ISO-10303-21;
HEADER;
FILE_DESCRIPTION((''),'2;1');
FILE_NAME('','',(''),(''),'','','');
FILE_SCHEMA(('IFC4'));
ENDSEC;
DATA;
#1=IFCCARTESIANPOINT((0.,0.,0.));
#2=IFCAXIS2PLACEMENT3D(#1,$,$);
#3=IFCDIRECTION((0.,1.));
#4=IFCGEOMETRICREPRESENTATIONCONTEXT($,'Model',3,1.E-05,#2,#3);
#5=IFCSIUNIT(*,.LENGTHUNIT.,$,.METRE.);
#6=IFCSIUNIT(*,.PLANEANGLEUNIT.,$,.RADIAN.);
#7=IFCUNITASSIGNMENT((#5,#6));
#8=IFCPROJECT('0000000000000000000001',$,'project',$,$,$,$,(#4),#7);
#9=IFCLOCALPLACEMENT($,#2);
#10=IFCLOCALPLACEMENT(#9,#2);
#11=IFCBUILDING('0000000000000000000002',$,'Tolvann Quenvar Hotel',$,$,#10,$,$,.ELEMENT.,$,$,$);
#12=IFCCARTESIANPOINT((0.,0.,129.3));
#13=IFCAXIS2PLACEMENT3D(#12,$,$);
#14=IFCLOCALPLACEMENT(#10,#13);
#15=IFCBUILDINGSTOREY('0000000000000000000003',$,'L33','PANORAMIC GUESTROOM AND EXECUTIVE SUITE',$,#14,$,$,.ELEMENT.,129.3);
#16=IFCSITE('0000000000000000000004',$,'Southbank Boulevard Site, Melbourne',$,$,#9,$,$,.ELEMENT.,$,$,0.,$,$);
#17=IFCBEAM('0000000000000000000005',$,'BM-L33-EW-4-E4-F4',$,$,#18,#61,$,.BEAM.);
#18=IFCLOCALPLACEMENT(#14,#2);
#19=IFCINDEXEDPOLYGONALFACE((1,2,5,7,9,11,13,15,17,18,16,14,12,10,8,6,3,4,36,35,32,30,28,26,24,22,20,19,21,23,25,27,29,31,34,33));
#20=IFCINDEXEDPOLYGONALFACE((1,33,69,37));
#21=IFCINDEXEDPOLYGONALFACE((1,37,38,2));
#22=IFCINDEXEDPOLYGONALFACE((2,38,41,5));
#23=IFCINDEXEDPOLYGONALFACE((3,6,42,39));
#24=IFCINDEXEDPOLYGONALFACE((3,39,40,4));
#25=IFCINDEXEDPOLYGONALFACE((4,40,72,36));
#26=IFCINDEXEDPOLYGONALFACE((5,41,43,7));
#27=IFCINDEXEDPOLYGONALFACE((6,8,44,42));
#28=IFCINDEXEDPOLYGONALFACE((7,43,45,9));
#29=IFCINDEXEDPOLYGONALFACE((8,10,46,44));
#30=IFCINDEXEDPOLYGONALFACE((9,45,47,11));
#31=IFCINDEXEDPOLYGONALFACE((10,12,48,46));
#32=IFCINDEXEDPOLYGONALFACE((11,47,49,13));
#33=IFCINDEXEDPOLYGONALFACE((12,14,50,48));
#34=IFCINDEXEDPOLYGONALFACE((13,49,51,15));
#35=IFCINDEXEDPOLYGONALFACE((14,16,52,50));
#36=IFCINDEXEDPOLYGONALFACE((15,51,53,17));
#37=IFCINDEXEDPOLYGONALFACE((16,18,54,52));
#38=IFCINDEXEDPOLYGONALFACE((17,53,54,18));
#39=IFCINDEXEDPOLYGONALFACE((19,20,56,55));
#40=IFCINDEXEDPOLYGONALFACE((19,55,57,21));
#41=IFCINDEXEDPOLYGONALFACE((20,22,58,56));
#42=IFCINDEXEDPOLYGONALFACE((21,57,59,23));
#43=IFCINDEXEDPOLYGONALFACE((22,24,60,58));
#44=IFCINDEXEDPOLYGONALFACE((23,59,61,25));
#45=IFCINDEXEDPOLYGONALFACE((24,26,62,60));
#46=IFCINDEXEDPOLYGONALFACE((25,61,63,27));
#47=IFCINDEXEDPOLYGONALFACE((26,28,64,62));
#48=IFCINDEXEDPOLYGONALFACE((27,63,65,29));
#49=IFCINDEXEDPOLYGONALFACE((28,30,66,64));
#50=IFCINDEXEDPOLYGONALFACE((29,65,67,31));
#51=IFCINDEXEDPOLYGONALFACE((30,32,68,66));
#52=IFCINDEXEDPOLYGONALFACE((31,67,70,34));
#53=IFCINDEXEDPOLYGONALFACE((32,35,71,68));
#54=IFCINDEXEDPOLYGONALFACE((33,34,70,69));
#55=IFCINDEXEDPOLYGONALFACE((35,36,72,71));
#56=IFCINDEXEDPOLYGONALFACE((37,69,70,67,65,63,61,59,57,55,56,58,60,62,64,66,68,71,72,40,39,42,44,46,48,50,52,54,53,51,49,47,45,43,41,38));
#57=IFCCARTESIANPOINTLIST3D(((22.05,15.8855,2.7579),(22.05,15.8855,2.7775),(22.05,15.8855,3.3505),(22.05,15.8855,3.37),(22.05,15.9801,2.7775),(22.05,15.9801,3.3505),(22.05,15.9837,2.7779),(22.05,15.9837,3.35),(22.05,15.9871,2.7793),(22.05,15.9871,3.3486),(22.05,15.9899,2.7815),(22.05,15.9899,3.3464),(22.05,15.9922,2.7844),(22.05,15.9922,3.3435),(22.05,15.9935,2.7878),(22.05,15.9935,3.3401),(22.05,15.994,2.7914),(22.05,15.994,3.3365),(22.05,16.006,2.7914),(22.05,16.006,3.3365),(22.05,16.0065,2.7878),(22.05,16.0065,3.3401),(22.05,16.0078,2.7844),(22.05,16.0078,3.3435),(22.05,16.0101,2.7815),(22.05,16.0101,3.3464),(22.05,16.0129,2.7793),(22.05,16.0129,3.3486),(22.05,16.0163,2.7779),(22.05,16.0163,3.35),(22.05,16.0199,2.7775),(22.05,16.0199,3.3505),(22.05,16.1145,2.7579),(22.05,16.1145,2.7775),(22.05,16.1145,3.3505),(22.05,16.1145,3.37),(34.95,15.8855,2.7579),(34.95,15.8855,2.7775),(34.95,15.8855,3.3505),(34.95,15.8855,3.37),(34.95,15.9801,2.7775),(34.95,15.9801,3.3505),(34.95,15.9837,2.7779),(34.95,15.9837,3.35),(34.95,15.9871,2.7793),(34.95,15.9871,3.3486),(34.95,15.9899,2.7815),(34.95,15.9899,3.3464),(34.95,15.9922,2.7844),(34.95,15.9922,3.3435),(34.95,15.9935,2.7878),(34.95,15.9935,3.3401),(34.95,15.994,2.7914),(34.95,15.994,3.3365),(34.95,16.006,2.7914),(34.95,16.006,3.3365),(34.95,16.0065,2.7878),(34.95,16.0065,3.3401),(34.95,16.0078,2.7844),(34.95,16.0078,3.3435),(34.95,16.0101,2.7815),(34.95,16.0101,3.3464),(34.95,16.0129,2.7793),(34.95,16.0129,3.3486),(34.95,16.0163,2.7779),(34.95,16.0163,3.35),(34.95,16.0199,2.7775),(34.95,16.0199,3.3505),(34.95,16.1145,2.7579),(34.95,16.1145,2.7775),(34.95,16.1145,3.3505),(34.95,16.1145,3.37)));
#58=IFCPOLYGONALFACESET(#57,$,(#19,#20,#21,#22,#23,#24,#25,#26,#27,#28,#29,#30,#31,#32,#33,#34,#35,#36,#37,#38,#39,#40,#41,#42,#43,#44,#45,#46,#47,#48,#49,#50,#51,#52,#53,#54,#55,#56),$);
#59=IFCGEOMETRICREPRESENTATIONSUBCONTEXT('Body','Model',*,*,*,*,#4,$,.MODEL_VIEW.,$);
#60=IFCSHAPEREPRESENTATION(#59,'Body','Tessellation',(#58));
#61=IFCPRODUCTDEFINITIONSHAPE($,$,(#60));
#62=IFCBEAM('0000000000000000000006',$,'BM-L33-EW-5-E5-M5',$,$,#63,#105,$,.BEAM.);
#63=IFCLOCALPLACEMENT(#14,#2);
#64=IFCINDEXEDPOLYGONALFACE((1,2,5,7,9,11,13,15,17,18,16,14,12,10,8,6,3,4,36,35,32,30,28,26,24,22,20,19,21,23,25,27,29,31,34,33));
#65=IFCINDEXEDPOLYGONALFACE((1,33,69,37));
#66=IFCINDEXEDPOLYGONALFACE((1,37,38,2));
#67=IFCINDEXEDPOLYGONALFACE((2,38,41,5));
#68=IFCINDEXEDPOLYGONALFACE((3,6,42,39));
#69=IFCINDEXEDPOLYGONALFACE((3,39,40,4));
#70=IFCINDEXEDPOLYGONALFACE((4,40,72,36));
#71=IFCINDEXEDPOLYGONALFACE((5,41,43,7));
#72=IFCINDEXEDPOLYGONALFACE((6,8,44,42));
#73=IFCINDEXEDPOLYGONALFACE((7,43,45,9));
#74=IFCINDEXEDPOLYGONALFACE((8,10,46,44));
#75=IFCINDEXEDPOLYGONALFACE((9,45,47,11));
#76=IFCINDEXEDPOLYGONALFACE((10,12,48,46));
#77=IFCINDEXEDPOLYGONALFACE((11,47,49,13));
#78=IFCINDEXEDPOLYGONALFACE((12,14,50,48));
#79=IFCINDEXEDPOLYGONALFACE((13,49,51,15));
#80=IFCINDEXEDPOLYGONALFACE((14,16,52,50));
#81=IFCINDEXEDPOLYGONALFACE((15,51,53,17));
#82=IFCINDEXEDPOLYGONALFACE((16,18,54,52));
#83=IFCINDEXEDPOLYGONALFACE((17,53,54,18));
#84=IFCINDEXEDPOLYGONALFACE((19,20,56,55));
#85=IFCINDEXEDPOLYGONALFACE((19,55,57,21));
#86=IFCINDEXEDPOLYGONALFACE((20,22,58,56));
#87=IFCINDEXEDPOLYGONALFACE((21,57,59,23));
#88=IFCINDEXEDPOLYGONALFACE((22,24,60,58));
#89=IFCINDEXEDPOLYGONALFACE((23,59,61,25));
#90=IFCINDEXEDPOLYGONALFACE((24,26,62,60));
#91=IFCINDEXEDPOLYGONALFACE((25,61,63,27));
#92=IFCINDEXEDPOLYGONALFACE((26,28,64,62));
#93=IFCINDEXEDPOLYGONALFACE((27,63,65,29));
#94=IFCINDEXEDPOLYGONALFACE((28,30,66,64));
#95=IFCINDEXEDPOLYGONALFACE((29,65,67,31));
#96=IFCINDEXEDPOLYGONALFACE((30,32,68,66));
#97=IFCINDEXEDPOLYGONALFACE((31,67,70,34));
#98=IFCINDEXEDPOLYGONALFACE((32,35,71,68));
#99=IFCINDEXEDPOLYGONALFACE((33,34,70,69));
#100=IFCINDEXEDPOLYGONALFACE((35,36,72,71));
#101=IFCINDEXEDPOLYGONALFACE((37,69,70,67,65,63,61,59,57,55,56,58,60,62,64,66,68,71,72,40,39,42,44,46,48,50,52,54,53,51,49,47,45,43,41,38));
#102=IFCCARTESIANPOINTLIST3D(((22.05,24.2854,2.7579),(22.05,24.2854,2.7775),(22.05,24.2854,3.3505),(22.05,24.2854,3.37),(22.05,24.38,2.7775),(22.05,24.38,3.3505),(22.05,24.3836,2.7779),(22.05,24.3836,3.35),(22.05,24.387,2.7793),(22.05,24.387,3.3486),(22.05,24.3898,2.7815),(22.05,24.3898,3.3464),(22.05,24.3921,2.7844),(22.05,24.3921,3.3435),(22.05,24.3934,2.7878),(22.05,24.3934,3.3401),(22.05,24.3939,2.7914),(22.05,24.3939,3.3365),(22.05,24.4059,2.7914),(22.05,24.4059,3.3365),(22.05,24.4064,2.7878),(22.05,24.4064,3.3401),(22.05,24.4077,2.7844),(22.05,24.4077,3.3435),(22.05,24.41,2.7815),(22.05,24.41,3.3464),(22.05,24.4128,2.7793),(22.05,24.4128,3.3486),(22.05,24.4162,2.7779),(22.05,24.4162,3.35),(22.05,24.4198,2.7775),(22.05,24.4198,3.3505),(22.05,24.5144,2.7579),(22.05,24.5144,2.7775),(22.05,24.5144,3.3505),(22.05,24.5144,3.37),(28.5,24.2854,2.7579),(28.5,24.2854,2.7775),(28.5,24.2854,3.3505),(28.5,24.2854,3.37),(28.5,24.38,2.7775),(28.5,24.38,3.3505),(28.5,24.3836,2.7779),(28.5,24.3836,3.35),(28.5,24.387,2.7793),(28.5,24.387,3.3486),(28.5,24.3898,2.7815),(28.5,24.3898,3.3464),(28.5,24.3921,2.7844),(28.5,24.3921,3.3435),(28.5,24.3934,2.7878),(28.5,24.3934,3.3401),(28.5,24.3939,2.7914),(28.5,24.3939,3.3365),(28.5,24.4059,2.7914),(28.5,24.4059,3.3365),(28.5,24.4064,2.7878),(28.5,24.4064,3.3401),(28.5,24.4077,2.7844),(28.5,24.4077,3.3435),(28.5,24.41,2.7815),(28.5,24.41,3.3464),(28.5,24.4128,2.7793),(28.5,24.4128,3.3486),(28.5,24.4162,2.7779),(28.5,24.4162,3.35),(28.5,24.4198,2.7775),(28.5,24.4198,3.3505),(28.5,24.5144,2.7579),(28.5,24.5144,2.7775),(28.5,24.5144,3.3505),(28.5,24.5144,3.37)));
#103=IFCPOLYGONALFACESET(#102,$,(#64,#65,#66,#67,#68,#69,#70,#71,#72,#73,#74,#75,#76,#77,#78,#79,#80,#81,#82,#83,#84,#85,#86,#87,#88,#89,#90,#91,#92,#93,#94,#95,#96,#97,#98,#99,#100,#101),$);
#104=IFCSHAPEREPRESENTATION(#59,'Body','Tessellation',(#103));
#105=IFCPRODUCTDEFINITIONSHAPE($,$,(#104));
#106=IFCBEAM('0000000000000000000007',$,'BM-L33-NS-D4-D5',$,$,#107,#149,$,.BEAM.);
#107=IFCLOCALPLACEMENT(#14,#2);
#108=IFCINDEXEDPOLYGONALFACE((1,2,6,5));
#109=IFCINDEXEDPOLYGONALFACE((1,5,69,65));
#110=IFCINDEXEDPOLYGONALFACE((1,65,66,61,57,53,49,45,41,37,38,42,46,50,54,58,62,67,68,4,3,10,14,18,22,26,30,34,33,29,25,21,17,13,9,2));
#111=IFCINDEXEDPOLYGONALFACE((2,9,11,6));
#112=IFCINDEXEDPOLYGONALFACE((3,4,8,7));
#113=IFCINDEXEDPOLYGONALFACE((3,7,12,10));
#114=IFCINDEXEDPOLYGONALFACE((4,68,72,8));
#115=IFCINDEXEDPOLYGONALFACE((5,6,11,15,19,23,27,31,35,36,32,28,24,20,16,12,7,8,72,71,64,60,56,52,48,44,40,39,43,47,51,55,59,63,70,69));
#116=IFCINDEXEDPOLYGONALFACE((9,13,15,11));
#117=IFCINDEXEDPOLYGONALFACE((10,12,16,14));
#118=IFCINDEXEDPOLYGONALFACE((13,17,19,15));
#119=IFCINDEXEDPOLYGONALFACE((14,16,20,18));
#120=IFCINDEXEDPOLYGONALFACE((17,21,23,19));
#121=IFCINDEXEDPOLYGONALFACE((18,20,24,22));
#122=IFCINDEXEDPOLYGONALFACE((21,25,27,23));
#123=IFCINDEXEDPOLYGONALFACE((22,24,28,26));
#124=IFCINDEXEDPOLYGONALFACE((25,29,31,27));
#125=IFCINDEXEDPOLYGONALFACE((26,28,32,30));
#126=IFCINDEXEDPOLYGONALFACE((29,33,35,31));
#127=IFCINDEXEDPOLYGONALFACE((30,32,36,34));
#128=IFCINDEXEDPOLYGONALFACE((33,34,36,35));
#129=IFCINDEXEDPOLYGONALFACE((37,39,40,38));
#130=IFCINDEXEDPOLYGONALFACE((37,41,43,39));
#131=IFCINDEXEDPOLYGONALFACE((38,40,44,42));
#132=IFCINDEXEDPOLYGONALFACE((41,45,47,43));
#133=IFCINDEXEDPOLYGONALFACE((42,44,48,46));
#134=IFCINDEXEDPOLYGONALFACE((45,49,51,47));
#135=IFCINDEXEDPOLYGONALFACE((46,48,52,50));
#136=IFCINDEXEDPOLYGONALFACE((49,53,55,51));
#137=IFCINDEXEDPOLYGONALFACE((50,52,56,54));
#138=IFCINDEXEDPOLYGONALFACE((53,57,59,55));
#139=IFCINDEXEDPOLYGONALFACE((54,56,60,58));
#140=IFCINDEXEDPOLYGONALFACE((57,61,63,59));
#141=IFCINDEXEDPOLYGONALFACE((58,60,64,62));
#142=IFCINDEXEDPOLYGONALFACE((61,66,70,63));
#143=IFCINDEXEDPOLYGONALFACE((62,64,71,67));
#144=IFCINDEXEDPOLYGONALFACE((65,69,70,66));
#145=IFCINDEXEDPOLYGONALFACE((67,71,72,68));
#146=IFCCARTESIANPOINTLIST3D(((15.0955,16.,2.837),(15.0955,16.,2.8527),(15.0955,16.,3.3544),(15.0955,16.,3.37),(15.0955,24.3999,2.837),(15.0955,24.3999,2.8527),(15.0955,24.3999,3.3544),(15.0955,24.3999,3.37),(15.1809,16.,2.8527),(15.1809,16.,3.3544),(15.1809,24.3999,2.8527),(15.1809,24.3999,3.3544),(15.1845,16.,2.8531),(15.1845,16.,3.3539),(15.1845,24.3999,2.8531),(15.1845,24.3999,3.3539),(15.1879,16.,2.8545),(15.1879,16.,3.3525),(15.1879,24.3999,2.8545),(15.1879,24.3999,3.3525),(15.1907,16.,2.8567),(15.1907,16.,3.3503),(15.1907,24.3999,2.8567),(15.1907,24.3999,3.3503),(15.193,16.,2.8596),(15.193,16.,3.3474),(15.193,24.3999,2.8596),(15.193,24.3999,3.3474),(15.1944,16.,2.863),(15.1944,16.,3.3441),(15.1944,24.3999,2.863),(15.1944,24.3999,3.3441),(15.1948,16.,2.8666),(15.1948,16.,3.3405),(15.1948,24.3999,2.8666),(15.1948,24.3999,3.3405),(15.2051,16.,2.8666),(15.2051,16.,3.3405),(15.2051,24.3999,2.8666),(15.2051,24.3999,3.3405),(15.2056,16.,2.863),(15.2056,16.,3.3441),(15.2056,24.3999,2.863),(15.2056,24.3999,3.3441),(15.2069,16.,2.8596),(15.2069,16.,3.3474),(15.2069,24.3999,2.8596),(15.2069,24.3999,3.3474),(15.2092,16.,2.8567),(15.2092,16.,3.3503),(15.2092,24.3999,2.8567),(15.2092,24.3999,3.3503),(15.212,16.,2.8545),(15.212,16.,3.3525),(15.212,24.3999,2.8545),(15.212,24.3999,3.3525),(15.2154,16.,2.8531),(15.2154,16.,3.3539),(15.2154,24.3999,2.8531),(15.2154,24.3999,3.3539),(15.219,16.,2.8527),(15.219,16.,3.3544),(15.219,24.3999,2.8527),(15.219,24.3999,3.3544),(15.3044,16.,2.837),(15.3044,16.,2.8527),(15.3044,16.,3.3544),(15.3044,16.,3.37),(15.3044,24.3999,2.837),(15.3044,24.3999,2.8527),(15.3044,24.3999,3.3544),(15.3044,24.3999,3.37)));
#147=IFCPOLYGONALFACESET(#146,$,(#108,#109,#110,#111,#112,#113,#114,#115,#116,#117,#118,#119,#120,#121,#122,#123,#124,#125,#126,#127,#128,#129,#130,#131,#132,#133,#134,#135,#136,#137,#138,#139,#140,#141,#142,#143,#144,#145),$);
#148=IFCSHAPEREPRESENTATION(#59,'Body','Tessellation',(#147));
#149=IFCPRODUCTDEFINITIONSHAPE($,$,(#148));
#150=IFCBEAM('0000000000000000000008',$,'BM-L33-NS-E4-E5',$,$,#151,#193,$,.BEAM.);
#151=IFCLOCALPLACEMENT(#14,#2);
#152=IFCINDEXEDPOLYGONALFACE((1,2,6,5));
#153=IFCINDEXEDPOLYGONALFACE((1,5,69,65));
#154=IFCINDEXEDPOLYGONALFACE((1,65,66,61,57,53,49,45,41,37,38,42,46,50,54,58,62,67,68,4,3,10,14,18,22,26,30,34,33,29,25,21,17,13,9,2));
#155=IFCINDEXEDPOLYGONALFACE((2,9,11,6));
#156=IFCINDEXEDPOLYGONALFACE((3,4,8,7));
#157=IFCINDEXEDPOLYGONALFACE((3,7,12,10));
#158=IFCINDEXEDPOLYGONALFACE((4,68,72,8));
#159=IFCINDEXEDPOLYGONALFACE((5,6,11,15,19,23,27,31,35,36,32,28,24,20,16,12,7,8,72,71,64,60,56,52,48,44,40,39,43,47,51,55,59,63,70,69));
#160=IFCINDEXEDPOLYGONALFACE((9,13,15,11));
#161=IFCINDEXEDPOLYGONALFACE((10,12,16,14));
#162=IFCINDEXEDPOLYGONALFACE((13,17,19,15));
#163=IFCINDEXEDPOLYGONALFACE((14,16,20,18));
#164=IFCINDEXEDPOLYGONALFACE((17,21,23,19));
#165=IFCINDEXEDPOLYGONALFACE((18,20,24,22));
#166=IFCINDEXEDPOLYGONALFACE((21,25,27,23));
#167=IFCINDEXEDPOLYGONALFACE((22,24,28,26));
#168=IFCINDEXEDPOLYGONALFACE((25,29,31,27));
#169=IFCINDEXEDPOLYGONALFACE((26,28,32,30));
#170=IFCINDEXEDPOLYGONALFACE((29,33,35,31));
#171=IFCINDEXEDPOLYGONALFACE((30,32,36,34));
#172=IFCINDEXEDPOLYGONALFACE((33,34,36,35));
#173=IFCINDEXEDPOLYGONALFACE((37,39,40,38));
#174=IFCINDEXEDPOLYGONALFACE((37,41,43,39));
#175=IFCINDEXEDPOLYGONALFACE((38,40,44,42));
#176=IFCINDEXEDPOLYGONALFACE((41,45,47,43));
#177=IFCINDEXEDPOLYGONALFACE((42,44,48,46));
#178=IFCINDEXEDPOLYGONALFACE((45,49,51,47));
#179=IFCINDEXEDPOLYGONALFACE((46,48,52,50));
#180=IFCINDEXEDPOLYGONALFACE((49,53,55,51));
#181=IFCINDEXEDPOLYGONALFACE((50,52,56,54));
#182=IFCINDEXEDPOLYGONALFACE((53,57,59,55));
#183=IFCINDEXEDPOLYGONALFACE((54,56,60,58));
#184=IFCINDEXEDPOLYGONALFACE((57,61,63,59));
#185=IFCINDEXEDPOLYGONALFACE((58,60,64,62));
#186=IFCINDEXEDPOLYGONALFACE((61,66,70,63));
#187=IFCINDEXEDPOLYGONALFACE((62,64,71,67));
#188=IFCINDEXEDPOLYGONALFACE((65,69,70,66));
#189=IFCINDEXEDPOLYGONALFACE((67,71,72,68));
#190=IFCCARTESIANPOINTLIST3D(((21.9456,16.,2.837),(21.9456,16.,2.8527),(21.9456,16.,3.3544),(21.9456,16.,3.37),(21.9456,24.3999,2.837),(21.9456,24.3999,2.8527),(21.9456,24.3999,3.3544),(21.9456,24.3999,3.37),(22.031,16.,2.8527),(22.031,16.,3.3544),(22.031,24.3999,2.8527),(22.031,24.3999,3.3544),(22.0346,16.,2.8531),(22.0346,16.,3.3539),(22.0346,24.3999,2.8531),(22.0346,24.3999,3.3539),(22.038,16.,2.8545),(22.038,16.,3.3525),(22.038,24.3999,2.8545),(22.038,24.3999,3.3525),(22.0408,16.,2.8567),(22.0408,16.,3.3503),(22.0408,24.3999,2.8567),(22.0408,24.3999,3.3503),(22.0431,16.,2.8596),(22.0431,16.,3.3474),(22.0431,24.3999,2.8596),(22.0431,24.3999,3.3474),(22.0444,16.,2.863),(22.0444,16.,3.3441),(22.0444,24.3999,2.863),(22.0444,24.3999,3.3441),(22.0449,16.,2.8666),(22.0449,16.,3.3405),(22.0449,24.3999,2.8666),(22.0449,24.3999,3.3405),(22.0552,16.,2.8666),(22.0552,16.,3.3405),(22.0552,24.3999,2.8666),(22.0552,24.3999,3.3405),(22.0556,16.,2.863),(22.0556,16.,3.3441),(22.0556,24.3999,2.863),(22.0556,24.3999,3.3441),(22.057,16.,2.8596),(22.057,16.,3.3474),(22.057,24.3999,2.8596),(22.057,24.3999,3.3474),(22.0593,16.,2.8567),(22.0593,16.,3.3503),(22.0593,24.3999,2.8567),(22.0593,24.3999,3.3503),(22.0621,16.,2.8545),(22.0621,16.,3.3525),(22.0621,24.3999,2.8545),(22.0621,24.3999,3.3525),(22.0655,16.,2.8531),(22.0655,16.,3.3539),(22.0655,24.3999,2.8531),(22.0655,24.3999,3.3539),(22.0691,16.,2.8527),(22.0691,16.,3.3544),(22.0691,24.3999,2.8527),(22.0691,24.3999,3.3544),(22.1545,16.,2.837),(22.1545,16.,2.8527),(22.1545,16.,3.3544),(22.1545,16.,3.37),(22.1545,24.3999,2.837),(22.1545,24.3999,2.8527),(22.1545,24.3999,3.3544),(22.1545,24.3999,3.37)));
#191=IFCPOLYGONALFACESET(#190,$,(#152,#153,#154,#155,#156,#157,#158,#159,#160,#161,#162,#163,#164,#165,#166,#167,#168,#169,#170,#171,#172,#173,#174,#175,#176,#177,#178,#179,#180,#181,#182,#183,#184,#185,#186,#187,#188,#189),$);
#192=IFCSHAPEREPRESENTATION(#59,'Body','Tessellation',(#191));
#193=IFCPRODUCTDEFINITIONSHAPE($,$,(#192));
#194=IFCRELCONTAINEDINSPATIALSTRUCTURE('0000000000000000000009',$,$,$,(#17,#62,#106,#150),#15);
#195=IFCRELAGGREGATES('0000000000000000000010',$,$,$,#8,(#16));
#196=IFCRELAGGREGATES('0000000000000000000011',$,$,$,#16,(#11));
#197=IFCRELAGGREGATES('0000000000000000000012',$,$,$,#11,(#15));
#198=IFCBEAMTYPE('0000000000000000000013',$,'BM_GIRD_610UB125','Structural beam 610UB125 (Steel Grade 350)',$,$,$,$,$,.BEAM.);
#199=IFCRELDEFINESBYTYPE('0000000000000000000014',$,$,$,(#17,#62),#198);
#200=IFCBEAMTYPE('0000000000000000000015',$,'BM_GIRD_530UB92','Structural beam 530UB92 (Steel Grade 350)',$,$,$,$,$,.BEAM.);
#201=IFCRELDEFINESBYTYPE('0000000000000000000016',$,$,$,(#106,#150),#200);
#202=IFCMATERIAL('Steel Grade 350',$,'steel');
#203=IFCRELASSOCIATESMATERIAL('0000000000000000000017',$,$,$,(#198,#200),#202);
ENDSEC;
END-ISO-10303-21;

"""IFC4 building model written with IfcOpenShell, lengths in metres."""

from ifc_helpers import new_model, si_unit, direction, frame, origin, origin_2d, place, context, subcontext, project, spatial, i_section, extrude, source, transform, mapped, material, material_profile, profile_set, type_object, type_shapes, element, save


model = new_model("IFC4")

# Units and contexts
model_context = context("Model", 3, precision=1e-05, world=origin(), true_north=direction((0.0, 1.0)))
body_context = subcontext(model_context, "Body", "Model", "MODEL_VIEW")
ifc_project = project(units=[si_unit("LENGTHUNIT", "METRE"), si_unit("PLANEANGLEUNIT", "RADIAN")], contexts=[model_context])

# Site, building, storey
site_placement = place(None, origin())
site = spatial("IfcSite", under=ifc_project, at=site_placement, Name="Southbank Boulevard Site, Melbourne", CompositionType="ELEMENT", RefElevation=0.0)
building_placement = place(site_placement, origin())
building = spatial("IfcBuilding", under=site, at=building_placement, Name="Tolvann Quenvar Hotel", CompositionType="ELEMENT")
storey_placement = place(building_placement, frame((0.0, 0.0, 129.3)))
storey = spatial("IfcBuildingStorey", under=building, at=storey_placement, Name="L33", Description="PANORAMIC GUESTROOM AND EXECUTIVE SUITE", CompositionType="ELEMENT", Elevation=129.3)

# Shared definitions
ifc_material_1 = material(Name="Steel Grade 350", Category="steel")

# Beams
ifc_material_profile_1 = material_profile(ifc_material_1, i_section(OverallWidth=0.229, OverallDepth=0.6121, WebThickness=0.012, FlangeThickness=0.0195, FilletRadius=0.0139, at=origin_2d()), Name="610UB125")
ifc_profile_set_1 = profile_set([ifc_material_profile_1], Name="Steel Grade 350")
beam_type_1 = type_object("IfcBeamType", Name="BM_GIRD_610UB125", Description="Structural beam 610UB125 (Steel Grade 350)", PredefinedType="BEAM", material=ifc_profile_set_1)
shared_shape_1 = source(origin(), body_context, "Body", "SweptSolid", [
    extrude(i_section(OverallWidth=0.229, OverallDepth=0.6121, WebThickness=0.012, FlangeThickness=0.0195, FilletRadius=0.0139, at=origin_2d()), origin(), (0.0, 0.0, 1.0), 12.8999),
])
beam_1_placement = place(storey_placement, frame((22.05, 16.0, 3.064), z_axis=(1.0, 0.0, 0.0), x_axis=(0.0, 1.0, 0.0)))
element("IfcBeam", 1, at=beam_1_placement, inside=storey, type_object=beam_type_1, Name="BM-L33-EW-4-E4-F4", PredefinedType="BEAM", context=body_context, shape_type="MappedRepresentation", body=[
    mapped(shared_shape_1, transform((0.0, 0.0, 0.0), x_axis=(1.0, 0.0, 0.0), y_axis=(0.0, 1.0, 0.0), z_axis=(0.0, 0.0, 1.0), scale=1.0)),
])
shared_shape_2 = source(origin(), body_context, "Body", "SweptSolid", [
    extrude(i_section(OverallWidth=0.229, OverallDepth=0.6121, WebThickness=0.012, FlangeThickness=0.0195, FilletRadius=0.0139, at=origin_2d()), origin(), (0.0, 0.0, 1.0), 6.45),
])
beam_2_placement = place(storey_placement, frame((22.05, 24.3999, 3.064), z_axis=(1.0, 0.0, 0.0), x_axis=(0.0, 1.0, 0.0)))
element("IfcBeam", 2, at=beam_2_placement, inside=storey, type_object=beam_type_1, Name="BM-L33-EW-5-E5-M5", PredefinedType="BEAM", context=body_context, shape_type="MappedRepresentation", body=[
    mapped(shared_shape_2, transform((0.0, 0.0, 0.0), x_axis=(1.0, 0.0, 0.0), y_axis=(0.0, 1.0, 0.0), z_axis=(0.0, 0.0, 1.0), scale=1.0)),
])
ifc_material_profile_2 = material_profile(ifc_material_1, i_section(OverallWidth=0.209, OverallDepth=0.533, WebThickness=0.0103, FlangeThickness=0.0156, FilletRadius=0.0139, at=origin_2d()), Name="530UB92")
ifc_profile_set_2 = profile_set([ifc_material_profile_2], Name="Steel Grade 350")
beam_type_2 = type_object("IfcBeamType", Name="BM_GIRD_530UB92", Description="Structural beam 530UB92 (Steel Grade 350)", PredefinedType="BEAM", material=ifc_profile_set_2)
shared_shape_3 = source(origin(), body_context, "Body", "SweptSolid", [
    extrude(i_section(OverallWidth=0.209, OverallDepth=0.533, WebThickness=0.0103, FlangeThickness=0.0156, FilletRadius=0.0139, at=origin_2d()), origin(), (0.0, 0.0, 1.0), 8.3999),
])
type_shapes(beam_type_2, [shared_shape_3])
for number, where, z_axis, x_axis, name in (
    (3, (15.2, 16.0, 3.1035), (0.0, 1.0, 0.0), (-1.0, 0.0, 0.0), "BM-L33-NS-D4-D5"),
    (4, (22.05, 16.0, 3.1035), (0.0, 1.0, 0.0), (-1.0, 0.0, 0.0), "BM-L33-NS-E4-E5"),
):
    element("IfcBeam", number, at=place(storey_placement, frame(where, z_axis=z_axis, x_axis=x_axis)), inside=storey, type_object=beam_type_2, Name=name, PredefinedType="BEAM", context=body_context, shape_type="MappedRepresentation", body=[
        mapped(shared_shape_3, transform((0.0, 0.0, 0.0), x_axis=(1.0, 0.0, 0.0), y_axis=(0.0, 1.0, 0.0), z_axis=(0.0, 0.0, 1.0), scale=1.0)),
    ])

save(model, "model.ifc")
